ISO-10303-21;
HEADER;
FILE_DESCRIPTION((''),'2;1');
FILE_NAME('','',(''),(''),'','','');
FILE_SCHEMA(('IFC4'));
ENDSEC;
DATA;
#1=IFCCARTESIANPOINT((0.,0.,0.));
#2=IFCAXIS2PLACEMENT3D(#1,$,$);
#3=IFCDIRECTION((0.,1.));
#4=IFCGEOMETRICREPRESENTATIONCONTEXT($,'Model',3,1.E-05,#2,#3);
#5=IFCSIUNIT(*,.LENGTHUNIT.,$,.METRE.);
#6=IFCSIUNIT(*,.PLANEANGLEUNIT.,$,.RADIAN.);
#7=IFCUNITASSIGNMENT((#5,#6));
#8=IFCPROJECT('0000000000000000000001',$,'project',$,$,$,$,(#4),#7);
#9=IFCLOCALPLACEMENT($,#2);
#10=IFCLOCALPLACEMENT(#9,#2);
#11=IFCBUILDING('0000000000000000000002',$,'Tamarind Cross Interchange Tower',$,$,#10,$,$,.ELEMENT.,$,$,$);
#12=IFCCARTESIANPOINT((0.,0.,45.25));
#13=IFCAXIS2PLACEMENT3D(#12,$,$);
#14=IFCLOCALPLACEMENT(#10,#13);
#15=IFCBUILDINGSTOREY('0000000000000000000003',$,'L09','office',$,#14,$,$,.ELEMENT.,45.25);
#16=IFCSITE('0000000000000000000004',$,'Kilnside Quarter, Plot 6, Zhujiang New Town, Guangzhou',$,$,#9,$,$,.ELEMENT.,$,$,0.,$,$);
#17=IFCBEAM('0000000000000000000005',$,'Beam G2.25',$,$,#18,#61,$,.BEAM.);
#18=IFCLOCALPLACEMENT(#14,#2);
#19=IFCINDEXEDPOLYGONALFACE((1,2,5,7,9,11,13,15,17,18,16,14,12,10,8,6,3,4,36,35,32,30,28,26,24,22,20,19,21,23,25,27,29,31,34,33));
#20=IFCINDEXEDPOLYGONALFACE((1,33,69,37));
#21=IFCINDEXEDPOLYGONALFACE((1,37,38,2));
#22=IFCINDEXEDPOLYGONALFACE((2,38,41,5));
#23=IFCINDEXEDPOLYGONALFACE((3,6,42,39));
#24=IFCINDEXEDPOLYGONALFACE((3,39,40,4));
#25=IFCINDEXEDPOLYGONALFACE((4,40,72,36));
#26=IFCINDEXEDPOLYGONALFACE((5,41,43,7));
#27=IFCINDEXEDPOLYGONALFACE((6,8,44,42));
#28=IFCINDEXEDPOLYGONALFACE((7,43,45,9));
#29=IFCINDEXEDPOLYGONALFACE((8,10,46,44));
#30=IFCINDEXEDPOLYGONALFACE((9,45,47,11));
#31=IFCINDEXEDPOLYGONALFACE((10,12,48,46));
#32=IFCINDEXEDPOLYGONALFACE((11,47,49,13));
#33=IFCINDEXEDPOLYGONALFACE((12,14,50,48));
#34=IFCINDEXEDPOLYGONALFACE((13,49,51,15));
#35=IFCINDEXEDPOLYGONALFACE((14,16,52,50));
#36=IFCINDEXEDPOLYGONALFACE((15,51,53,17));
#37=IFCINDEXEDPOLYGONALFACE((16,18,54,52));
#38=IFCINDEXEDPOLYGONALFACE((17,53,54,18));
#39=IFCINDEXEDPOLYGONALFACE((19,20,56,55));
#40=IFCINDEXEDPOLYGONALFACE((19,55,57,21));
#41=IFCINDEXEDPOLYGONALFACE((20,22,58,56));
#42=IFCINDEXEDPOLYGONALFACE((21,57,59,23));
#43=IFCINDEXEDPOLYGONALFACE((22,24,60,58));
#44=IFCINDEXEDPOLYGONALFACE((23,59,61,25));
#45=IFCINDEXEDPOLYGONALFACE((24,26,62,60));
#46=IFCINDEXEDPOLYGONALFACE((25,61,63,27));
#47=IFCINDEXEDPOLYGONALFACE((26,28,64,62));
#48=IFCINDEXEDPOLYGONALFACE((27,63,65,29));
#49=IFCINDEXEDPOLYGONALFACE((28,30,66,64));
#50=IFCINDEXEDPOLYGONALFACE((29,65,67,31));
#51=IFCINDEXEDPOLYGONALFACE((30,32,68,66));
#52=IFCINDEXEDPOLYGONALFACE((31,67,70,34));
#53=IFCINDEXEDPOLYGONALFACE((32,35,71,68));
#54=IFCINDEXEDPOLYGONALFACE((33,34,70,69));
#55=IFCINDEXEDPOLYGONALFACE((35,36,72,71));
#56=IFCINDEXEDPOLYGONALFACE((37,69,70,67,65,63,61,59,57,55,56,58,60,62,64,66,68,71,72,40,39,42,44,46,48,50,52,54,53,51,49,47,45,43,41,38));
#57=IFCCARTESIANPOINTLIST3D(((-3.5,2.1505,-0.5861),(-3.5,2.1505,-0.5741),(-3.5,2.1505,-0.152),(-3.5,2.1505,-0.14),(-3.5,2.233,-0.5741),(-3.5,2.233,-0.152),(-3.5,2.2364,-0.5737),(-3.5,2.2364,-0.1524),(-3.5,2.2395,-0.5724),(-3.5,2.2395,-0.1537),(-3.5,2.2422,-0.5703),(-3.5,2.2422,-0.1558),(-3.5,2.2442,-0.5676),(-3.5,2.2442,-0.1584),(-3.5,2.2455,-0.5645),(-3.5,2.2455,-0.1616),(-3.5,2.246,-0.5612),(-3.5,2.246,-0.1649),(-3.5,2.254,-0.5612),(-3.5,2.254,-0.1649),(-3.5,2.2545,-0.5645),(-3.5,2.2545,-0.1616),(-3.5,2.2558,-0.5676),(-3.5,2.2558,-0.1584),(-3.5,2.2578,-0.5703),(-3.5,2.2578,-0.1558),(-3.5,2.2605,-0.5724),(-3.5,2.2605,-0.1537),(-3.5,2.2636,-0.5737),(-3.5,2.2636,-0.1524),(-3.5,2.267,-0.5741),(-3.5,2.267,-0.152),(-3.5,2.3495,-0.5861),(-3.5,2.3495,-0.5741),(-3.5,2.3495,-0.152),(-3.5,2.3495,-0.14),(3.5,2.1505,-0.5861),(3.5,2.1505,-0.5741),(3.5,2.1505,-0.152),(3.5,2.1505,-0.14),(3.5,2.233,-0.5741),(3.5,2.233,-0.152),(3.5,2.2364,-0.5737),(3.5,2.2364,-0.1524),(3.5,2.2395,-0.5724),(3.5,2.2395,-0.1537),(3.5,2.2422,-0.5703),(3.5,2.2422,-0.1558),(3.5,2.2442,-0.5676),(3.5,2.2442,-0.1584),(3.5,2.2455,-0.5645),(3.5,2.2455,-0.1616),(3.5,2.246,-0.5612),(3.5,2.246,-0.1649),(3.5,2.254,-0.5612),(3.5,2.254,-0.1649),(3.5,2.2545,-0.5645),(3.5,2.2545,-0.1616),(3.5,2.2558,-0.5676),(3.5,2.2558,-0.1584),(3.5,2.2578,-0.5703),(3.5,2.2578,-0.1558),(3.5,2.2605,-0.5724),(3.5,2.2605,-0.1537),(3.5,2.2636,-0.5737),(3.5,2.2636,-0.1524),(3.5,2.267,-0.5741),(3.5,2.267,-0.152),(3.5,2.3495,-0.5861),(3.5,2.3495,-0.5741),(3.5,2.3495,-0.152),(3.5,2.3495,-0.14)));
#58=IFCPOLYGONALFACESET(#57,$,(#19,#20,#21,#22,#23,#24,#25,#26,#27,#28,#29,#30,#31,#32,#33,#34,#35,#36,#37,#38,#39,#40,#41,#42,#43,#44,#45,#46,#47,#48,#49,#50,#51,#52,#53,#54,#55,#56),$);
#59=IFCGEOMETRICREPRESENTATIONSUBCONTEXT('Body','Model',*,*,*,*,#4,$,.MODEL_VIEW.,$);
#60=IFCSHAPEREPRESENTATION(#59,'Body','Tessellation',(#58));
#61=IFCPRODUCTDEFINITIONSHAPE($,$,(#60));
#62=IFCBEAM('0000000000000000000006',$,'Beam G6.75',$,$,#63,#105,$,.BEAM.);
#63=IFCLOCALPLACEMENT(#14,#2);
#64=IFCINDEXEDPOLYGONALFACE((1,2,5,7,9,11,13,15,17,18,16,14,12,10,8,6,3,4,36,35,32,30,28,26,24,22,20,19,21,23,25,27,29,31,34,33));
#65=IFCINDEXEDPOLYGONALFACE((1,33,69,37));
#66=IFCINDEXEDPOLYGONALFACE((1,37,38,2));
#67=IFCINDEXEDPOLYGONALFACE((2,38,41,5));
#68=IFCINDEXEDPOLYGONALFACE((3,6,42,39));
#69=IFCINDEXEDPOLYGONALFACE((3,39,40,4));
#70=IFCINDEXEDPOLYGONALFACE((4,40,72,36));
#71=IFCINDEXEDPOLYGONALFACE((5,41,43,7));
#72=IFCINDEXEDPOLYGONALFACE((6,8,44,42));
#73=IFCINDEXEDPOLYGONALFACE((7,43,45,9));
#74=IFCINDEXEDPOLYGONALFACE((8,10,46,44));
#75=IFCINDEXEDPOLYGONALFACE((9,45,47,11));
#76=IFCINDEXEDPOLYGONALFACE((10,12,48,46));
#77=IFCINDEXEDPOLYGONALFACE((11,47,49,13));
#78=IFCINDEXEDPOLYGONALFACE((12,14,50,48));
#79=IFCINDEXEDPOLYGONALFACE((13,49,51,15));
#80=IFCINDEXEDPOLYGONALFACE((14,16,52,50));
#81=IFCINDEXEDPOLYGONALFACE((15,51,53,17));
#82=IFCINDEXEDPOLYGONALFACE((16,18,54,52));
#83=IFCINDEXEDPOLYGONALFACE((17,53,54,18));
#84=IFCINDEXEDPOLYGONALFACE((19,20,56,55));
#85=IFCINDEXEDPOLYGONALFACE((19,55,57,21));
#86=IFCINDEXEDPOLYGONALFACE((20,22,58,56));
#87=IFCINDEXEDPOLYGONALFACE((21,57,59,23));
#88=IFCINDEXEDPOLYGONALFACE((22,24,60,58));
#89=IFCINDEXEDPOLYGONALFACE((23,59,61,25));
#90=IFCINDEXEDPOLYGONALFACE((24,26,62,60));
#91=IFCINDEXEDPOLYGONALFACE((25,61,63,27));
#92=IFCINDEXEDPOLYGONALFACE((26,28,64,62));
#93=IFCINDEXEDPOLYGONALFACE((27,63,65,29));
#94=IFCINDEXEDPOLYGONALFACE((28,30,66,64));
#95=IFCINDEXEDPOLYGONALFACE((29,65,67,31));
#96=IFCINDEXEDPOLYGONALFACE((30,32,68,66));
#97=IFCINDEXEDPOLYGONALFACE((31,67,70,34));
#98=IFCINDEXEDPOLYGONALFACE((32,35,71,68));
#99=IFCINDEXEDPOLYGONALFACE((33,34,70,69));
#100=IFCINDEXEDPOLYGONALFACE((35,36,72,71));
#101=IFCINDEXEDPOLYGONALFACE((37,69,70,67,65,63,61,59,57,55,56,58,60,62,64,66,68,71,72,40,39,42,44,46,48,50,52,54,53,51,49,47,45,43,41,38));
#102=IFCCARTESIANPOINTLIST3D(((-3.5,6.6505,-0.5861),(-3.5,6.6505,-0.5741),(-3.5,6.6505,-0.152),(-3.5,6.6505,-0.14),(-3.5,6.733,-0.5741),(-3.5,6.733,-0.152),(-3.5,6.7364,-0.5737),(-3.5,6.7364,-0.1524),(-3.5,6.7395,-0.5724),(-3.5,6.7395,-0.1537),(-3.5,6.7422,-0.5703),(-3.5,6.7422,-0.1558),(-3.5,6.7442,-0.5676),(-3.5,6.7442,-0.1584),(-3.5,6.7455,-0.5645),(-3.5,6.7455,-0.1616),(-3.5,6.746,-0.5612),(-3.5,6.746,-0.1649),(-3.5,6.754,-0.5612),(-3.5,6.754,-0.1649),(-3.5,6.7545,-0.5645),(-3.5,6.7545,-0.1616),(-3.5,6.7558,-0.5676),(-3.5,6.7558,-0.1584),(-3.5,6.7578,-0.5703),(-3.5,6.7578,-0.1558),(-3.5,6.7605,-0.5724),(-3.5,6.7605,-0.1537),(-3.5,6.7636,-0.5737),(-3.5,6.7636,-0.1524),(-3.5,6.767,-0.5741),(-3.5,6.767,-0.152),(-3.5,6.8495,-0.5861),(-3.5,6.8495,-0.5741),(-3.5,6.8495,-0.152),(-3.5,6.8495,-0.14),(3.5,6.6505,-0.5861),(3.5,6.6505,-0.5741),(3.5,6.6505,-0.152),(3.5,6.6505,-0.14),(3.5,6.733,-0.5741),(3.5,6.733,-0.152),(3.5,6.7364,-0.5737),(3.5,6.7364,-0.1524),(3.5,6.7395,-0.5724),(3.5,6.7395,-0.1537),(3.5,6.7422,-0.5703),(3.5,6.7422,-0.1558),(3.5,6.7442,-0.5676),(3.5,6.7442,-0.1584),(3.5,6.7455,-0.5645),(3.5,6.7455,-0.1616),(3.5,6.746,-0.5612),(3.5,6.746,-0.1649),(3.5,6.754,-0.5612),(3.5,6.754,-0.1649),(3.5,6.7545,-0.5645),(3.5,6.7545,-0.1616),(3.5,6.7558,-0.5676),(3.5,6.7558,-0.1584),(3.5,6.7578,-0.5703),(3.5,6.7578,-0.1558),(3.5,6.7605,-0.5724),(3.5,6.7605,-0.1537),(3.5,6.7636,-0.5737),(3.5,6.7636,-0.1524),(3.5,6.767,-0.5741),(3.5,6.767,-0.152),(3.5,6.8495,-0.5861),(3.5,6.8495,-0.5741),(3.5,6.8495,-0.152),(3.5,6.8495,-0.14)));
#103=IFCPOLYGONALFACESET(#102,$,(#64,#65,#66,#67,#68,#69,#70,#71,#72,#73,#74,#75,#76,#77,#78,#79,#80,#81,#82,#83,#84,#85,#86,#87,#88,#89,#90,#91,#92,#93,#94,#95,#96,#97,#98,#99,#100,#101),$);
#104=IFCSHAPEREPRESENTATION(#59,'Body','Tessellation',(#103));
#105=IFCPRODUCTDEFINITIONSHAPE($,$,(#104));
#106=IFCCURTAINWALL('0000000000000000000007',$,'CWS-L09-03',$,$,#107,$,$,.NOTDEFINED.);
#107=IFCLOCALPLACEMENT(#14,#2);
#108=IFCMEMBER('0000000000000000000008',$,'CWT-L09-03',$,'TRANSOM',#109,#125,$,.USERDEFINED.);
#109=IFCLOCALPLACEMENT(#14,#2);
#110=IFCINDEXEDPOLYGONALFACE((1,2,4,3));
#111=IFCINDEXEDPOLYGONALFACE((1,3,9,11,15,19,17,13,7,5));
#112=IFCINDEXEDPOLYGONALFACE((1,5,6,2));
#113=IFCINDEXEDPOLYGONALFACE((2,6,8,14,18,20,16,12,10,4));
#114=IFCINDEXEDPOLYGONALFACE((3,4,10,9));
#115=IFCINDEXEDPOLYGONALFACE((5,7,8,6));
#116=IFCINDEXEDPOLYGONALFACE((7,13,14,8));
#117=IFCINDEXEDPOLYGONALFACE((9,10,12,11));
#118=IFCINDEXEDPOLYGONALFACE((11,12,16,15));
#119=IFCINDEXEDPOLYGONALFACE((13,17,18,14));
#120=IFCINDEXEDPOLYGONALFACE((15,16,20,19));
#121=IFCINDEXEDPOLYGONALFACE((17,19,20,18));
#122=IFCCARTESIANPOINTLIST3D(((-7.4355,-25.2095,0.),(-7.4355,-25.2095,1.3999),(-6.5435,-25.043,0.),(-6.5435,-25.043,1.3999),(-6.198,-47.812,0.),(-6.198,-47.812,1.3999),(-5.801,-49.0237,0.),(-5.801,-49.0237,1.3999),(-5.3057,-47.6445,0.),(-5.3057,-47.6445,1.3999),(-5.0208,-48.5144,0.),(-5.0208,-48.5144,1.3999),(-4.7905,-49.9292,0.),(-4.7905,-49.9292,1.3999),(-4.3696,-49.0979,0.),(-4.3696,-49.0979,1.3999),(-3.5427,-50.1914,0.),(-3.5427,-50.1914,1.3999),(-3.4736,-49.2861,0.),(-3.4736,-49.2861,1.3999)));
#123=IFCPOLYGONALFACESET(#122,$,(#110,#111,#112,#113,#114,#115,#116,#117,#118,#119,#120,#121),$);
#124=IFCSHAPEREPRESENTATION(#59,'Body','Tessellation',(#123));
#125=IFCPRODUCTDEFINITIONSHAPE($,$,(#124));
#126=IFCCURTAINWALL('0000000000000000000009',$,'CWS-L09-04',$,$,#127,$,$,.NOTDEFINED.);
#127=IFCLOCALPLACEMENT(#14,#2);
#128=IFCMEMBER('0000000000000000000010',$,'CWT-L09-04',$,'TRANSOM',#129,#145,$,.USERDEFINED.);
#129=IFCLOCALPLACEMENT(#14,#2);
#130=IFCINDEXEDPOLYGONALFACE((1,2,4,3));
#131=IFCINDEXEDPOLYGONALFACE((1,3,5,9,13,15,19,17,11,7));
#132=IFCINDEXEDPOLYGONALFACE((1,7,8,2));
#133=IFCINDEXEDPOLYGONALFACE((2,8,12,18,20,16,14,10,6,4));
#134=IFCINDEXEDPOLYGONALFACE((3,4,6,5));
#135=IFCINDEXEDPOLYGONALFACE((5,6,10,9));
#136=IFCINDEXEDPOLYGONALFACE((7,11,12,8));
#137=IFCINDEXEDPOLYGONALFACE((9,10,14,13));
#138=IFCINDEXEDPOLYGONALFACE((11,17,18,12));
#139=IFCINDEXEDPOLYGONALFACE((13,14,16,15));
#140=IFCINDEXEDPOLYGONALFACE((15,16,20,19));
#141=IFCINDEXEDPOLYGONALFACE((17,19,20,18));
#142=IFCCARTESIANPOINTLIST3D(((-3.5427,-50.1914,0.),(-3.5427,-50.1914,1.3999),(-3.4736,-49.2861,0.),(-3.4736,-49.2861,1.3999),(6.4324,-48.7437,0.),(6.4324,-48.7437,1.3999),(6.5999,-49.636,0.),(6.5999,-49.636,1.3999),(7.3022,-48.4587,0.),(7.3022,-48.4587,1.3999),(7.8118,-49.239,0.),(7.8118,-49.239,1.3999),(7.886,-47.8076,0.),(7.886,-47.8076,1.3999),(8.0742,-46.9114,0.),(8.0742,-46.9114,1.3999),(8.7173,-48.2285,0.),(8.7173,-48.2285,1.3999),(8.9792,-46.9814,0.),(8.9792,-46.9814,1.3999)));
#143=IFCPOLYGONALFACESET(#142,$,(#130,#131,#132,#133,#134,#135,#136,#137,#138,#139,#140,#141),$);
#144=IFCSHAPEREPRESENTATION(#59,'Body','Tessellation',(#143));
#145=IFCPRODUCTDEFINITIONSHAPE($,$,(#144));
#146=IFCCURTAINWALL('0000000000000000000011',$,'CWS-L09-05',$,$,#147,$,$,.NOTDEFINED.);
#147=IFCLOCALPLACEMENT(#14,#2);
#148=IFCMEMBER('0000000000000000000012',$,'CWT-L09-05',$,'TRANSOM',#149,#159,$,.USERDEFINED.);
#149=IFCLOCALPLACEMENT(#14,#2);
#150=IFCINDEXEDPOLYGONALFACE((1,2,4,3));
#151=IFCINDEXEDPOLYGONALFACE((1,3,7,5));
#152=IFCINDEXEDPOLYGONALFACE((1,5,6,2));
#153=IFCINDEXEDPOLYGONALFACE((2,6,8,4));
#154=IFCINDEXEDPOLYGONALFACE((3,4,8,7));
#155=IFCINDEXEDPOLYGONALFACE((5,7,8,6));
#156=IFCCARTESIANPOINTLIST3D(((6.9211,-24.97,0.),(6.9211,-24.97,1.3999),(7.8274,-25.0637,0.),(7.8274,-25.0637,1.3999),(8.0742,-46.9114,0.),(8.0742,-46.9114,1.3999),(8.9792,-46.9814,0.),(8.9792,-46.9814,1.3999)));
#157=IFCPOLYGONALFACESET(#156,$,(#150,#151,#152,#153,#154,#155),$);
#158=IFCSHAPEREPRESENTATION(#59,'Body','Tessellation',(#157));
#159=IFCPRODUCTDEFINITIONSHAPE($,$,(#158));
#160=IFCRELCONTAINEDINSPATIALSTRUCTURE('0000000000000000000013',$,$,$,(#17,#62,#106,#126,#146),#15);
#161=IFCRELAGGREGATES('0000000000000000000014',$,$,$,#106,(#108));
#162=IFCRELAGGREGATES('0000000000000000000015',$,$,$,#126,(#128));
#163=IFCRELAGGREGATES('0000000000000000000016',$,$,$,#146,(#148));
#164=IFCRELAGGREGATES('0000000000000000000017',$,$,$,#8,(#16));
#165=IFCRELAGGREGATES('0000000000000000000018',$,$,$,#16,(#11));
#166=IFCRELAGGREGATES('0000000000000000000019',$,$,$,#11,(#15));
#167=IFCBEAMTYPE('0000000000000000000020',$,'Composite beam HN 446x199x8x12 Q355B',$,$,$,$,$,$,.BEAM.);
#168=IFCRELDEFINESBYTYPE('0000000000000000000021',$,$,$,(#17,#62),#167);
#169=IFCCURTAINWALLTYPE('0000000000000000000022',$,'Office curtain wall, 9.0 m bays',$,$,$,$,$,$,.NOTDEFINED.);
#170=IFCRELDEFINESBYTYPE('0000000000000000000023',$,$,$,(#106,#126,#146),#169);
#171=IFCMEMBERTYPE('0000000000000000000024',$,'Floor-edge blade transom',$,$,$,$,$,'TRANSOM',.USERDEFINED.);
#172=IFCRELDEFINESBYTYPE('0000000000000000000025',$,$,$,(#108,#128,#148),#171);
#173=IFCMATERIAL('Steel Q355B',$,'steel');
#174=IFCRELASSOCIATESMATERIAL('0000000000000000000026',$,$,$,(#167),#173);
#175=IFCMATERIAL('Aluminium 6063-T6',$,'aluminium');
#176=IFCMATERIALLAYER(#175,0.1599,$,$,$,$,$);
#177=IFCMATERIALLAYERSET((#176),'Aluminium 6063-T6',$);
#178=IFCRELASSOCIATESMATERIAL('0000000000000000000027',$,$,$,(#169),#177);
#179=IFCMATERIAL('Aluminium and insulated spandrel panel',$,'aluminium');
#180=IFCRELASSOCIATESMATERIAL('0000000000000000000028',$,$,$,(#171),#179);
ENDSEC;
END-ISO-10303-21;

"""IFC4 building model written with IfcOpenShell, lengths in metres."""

from ifc_helpers import new_model, si_unit, direction, frame, origin, origin_2d, place, context, subcontext, project, spatial, polyline, i_section, outline, extrude, material, layer, layer_set, material_profile, profile_set, type_object, element, aggregate, save


model = new_model("IFC4")

# Units and contexts
model_context = context("Model", 3, precision=1e-05, world=origin(), true_north=direction((0.0, 1.0)))
body_context = subcontext(model_context, "Body", "Model", "MODEL_VIEW")
ifc_project = project(units=[si_unit("LENGTHUNIT", "METRE"), si_unit("PLANEANGLEUNIT", "RADIAN")], contexts=[model_context])

# Site, building, storey
site_placement = place(None, origin())
site = spatial("IfcSite", under=ifc_project, at=site_placement, Name="Kilnside Quarter, Plot 6, Zhujiang New Town, Guangzhou", CompositionType="ELEMENT", RefElevation=0.0)
building_placement = place(site_placement, origin())
building = spatial("IfcBuilding", under=site, at=building_placement, Name="Tamarind Cross Interchange Tower", CompositionType="ELEMENT")
storey_placement = place(building_placement, frame((0.0, 0.0, 45.25)))
storey = spatial("IfcBuildingStorey", under=building, at=storey_placement, Name="L09", Description="office", CompositionType="ELEMENT", Elevation=45.25)

# Beams
ifc_material_1 = material(Name="Steel Q355B", Category="steel")
ifc_material_profile = material_profile(ifc_material_1, i_section(OverallWidth=0.199, OverallDepth=0.446, WebThickness=0.0081, FlangeThickness=0.012, FilletRadius=0.0129, at=origin_2d()), Name="HN 446x199x8x12")
ifc_profile_set = profile_set([ifc_material_profile], Name="Steel Q355B")
beam_type = type_object("IfcBeamType", Name="Composite beam HN 446x199x8x12 Q355B", PredefinedType="BEAM", material=ifc_profile_set)
for number, where, z_axis, x_axis, name in (
    (1, (-3.5, 2.25, -0.363), (1.0, 0.0, 0.0), (0.0, 1.0, 0.0), "Beam G2.25"),
    (2, (-3.5, 6.75, -0.363), (1.0, 0.0, 0.0), (0.0, 1.0, 0.0), "Beam G6.75"),
):
    element("IfcBeam", number, at=place(storey_placement, frame(where, z_axis=z_axis, x_axis=x_axis)), inside=storey, type_object=beam_type, Name=name, PredefinedType="BEAM", context=body_context, shape_type="SweptSolid", body=[
        extrude(i_section(OverallWidth=0.199, OverallDepth=0.446, WebThickness=0.0081, FlangeThickness=0.012, FilletRadius=0.0129, at=origin_2d()), origin(), (0.0, 0.0, 1.0), 7.0),
    ])

# Curtain walls, members
ifc_material_2 = material(Name="Aluminium 6063-T6", Category="aluminium")
ifc_layer_1 = layer(ifc_material_2, 0.1599)
ifc_layer_set_1 = layer_set([ifc_layer_1], Name="Aluminium 6063-T6")
curtain_wall_type = type_object("IfcCurtainWallType", Name="Office curtain wall, 9.0 m bays", PredefinedType="NOTDEFINED", material=ifc_layer_set_1)
curtain_wall_1_placement = place(storey_placement, origin())
curtain_wall_1 = element("IfcCurtainWall", 3, at=curtain_wall_1_placement, inside=storey, type_object=curtain_wall_type, Name="CWS-L09-03", PredefinedType="NOTDEFINED")
ifc_material_3 = material(Name="Aluminium and insulated spandrel panel", Category="aluminium")
member_type = type_object("IfcMemberType", Name="Floor-edge blade transom", ElementType="TRANSOM", PredefinedType="USERDEFINED", material=ifc_material_3)
member_1_placement = place(storey_placement, origin())
member_1 = element("IfcMember", 4, at=member_1_placement, type_object=member_type, Name="CWT-L09-03", ObjectType="TRANSOM", PredefinedType="USERDEFINED", context=body_context, shape_type="SweptSolid", body=[
    extrude(outline(polyline([(-6.5435, -25.043), (-5.3057, -47.6445), (-5.0208, -48.5144), (-4.3696, -49.0979), (-3.4736, -49.2861), (-3.5427, -50.1914), (-4.7905, -49.9292), (-5.801, -49.0237), (-6.198, -47.812), (-7.4355, -25.2095), (-6.5435, -25.043)])), origin(), (0.0, 0.0, 1.0), 1.3999),
])
curtain_wall_2_placement = place(storey_placement, origin())
curtain_wall_2 = element("IfcCurtainWall", 5, at=curtain_wall_2_placement, inside=storey, type_object=curtain_wall_type, Name="CWS-L09-04", PredefinedType="NOTDEFINED")
member_2_placement = place(storey_placement, origin())
member_2 = element("IfcMember", 6, at=member_2_placement, type_object=member_type, Name="CWT-L09-04", ObjectType="TRANSOM", PredefinedType="USERDEFINED", context=body_context, shape_type="SweptSolid", body=[
    extrude(outline(polyline([(-3.4736, -49.2861), (6.4324, -48.7437), (7.3022, -48.4587), (7.886, -47.8076), (8.0742, -46.9114), (8.9792, -46.9814), (8.7173, -48.2285), (7.8118, -49.239), (6.5999, -49.636), (-3.5427, -50.1914), (-3.4736, -49.2861)])), origin(), (0.0, 0.0, 1.0), 1.3999),
])
curtain_wall_3_placement = place(storey_placement, origin())
curtain_wall_3 = element("IfcCurtainWall", 7, at=curtain_wall_3_placement, inside=storey, type_object=curtain_wall_type, Name="CWS-L09-05", PredefinedType="NOTDEFINED")
member_3_placement = place(storey_placement, origin())
member_3 = element("IfcMember", 8, at=member_3_placement, type_object=member_type, Name="CWT-L09-05", ObjectType="TRANSOM", PredefinedType="USERDEFINED", context=body_context, shape_type="SweptSolid", body=[
    extrude(outline(polyline([(8.0742, -46.9114), (6.9211, -24.97), (7.8274, -25.0637), (8.9792, -46.9814), (8.0742, -46.9114)])), origin(), (0.0, 0.0, 1.0), 1.3999),
])

aggregate(curtain_wall_1, [member_1])
aggregate(curtain_wall_2, [member_2])
aggregate(curtain_wall_3, [member_3])

save(model, "model.ifc")
